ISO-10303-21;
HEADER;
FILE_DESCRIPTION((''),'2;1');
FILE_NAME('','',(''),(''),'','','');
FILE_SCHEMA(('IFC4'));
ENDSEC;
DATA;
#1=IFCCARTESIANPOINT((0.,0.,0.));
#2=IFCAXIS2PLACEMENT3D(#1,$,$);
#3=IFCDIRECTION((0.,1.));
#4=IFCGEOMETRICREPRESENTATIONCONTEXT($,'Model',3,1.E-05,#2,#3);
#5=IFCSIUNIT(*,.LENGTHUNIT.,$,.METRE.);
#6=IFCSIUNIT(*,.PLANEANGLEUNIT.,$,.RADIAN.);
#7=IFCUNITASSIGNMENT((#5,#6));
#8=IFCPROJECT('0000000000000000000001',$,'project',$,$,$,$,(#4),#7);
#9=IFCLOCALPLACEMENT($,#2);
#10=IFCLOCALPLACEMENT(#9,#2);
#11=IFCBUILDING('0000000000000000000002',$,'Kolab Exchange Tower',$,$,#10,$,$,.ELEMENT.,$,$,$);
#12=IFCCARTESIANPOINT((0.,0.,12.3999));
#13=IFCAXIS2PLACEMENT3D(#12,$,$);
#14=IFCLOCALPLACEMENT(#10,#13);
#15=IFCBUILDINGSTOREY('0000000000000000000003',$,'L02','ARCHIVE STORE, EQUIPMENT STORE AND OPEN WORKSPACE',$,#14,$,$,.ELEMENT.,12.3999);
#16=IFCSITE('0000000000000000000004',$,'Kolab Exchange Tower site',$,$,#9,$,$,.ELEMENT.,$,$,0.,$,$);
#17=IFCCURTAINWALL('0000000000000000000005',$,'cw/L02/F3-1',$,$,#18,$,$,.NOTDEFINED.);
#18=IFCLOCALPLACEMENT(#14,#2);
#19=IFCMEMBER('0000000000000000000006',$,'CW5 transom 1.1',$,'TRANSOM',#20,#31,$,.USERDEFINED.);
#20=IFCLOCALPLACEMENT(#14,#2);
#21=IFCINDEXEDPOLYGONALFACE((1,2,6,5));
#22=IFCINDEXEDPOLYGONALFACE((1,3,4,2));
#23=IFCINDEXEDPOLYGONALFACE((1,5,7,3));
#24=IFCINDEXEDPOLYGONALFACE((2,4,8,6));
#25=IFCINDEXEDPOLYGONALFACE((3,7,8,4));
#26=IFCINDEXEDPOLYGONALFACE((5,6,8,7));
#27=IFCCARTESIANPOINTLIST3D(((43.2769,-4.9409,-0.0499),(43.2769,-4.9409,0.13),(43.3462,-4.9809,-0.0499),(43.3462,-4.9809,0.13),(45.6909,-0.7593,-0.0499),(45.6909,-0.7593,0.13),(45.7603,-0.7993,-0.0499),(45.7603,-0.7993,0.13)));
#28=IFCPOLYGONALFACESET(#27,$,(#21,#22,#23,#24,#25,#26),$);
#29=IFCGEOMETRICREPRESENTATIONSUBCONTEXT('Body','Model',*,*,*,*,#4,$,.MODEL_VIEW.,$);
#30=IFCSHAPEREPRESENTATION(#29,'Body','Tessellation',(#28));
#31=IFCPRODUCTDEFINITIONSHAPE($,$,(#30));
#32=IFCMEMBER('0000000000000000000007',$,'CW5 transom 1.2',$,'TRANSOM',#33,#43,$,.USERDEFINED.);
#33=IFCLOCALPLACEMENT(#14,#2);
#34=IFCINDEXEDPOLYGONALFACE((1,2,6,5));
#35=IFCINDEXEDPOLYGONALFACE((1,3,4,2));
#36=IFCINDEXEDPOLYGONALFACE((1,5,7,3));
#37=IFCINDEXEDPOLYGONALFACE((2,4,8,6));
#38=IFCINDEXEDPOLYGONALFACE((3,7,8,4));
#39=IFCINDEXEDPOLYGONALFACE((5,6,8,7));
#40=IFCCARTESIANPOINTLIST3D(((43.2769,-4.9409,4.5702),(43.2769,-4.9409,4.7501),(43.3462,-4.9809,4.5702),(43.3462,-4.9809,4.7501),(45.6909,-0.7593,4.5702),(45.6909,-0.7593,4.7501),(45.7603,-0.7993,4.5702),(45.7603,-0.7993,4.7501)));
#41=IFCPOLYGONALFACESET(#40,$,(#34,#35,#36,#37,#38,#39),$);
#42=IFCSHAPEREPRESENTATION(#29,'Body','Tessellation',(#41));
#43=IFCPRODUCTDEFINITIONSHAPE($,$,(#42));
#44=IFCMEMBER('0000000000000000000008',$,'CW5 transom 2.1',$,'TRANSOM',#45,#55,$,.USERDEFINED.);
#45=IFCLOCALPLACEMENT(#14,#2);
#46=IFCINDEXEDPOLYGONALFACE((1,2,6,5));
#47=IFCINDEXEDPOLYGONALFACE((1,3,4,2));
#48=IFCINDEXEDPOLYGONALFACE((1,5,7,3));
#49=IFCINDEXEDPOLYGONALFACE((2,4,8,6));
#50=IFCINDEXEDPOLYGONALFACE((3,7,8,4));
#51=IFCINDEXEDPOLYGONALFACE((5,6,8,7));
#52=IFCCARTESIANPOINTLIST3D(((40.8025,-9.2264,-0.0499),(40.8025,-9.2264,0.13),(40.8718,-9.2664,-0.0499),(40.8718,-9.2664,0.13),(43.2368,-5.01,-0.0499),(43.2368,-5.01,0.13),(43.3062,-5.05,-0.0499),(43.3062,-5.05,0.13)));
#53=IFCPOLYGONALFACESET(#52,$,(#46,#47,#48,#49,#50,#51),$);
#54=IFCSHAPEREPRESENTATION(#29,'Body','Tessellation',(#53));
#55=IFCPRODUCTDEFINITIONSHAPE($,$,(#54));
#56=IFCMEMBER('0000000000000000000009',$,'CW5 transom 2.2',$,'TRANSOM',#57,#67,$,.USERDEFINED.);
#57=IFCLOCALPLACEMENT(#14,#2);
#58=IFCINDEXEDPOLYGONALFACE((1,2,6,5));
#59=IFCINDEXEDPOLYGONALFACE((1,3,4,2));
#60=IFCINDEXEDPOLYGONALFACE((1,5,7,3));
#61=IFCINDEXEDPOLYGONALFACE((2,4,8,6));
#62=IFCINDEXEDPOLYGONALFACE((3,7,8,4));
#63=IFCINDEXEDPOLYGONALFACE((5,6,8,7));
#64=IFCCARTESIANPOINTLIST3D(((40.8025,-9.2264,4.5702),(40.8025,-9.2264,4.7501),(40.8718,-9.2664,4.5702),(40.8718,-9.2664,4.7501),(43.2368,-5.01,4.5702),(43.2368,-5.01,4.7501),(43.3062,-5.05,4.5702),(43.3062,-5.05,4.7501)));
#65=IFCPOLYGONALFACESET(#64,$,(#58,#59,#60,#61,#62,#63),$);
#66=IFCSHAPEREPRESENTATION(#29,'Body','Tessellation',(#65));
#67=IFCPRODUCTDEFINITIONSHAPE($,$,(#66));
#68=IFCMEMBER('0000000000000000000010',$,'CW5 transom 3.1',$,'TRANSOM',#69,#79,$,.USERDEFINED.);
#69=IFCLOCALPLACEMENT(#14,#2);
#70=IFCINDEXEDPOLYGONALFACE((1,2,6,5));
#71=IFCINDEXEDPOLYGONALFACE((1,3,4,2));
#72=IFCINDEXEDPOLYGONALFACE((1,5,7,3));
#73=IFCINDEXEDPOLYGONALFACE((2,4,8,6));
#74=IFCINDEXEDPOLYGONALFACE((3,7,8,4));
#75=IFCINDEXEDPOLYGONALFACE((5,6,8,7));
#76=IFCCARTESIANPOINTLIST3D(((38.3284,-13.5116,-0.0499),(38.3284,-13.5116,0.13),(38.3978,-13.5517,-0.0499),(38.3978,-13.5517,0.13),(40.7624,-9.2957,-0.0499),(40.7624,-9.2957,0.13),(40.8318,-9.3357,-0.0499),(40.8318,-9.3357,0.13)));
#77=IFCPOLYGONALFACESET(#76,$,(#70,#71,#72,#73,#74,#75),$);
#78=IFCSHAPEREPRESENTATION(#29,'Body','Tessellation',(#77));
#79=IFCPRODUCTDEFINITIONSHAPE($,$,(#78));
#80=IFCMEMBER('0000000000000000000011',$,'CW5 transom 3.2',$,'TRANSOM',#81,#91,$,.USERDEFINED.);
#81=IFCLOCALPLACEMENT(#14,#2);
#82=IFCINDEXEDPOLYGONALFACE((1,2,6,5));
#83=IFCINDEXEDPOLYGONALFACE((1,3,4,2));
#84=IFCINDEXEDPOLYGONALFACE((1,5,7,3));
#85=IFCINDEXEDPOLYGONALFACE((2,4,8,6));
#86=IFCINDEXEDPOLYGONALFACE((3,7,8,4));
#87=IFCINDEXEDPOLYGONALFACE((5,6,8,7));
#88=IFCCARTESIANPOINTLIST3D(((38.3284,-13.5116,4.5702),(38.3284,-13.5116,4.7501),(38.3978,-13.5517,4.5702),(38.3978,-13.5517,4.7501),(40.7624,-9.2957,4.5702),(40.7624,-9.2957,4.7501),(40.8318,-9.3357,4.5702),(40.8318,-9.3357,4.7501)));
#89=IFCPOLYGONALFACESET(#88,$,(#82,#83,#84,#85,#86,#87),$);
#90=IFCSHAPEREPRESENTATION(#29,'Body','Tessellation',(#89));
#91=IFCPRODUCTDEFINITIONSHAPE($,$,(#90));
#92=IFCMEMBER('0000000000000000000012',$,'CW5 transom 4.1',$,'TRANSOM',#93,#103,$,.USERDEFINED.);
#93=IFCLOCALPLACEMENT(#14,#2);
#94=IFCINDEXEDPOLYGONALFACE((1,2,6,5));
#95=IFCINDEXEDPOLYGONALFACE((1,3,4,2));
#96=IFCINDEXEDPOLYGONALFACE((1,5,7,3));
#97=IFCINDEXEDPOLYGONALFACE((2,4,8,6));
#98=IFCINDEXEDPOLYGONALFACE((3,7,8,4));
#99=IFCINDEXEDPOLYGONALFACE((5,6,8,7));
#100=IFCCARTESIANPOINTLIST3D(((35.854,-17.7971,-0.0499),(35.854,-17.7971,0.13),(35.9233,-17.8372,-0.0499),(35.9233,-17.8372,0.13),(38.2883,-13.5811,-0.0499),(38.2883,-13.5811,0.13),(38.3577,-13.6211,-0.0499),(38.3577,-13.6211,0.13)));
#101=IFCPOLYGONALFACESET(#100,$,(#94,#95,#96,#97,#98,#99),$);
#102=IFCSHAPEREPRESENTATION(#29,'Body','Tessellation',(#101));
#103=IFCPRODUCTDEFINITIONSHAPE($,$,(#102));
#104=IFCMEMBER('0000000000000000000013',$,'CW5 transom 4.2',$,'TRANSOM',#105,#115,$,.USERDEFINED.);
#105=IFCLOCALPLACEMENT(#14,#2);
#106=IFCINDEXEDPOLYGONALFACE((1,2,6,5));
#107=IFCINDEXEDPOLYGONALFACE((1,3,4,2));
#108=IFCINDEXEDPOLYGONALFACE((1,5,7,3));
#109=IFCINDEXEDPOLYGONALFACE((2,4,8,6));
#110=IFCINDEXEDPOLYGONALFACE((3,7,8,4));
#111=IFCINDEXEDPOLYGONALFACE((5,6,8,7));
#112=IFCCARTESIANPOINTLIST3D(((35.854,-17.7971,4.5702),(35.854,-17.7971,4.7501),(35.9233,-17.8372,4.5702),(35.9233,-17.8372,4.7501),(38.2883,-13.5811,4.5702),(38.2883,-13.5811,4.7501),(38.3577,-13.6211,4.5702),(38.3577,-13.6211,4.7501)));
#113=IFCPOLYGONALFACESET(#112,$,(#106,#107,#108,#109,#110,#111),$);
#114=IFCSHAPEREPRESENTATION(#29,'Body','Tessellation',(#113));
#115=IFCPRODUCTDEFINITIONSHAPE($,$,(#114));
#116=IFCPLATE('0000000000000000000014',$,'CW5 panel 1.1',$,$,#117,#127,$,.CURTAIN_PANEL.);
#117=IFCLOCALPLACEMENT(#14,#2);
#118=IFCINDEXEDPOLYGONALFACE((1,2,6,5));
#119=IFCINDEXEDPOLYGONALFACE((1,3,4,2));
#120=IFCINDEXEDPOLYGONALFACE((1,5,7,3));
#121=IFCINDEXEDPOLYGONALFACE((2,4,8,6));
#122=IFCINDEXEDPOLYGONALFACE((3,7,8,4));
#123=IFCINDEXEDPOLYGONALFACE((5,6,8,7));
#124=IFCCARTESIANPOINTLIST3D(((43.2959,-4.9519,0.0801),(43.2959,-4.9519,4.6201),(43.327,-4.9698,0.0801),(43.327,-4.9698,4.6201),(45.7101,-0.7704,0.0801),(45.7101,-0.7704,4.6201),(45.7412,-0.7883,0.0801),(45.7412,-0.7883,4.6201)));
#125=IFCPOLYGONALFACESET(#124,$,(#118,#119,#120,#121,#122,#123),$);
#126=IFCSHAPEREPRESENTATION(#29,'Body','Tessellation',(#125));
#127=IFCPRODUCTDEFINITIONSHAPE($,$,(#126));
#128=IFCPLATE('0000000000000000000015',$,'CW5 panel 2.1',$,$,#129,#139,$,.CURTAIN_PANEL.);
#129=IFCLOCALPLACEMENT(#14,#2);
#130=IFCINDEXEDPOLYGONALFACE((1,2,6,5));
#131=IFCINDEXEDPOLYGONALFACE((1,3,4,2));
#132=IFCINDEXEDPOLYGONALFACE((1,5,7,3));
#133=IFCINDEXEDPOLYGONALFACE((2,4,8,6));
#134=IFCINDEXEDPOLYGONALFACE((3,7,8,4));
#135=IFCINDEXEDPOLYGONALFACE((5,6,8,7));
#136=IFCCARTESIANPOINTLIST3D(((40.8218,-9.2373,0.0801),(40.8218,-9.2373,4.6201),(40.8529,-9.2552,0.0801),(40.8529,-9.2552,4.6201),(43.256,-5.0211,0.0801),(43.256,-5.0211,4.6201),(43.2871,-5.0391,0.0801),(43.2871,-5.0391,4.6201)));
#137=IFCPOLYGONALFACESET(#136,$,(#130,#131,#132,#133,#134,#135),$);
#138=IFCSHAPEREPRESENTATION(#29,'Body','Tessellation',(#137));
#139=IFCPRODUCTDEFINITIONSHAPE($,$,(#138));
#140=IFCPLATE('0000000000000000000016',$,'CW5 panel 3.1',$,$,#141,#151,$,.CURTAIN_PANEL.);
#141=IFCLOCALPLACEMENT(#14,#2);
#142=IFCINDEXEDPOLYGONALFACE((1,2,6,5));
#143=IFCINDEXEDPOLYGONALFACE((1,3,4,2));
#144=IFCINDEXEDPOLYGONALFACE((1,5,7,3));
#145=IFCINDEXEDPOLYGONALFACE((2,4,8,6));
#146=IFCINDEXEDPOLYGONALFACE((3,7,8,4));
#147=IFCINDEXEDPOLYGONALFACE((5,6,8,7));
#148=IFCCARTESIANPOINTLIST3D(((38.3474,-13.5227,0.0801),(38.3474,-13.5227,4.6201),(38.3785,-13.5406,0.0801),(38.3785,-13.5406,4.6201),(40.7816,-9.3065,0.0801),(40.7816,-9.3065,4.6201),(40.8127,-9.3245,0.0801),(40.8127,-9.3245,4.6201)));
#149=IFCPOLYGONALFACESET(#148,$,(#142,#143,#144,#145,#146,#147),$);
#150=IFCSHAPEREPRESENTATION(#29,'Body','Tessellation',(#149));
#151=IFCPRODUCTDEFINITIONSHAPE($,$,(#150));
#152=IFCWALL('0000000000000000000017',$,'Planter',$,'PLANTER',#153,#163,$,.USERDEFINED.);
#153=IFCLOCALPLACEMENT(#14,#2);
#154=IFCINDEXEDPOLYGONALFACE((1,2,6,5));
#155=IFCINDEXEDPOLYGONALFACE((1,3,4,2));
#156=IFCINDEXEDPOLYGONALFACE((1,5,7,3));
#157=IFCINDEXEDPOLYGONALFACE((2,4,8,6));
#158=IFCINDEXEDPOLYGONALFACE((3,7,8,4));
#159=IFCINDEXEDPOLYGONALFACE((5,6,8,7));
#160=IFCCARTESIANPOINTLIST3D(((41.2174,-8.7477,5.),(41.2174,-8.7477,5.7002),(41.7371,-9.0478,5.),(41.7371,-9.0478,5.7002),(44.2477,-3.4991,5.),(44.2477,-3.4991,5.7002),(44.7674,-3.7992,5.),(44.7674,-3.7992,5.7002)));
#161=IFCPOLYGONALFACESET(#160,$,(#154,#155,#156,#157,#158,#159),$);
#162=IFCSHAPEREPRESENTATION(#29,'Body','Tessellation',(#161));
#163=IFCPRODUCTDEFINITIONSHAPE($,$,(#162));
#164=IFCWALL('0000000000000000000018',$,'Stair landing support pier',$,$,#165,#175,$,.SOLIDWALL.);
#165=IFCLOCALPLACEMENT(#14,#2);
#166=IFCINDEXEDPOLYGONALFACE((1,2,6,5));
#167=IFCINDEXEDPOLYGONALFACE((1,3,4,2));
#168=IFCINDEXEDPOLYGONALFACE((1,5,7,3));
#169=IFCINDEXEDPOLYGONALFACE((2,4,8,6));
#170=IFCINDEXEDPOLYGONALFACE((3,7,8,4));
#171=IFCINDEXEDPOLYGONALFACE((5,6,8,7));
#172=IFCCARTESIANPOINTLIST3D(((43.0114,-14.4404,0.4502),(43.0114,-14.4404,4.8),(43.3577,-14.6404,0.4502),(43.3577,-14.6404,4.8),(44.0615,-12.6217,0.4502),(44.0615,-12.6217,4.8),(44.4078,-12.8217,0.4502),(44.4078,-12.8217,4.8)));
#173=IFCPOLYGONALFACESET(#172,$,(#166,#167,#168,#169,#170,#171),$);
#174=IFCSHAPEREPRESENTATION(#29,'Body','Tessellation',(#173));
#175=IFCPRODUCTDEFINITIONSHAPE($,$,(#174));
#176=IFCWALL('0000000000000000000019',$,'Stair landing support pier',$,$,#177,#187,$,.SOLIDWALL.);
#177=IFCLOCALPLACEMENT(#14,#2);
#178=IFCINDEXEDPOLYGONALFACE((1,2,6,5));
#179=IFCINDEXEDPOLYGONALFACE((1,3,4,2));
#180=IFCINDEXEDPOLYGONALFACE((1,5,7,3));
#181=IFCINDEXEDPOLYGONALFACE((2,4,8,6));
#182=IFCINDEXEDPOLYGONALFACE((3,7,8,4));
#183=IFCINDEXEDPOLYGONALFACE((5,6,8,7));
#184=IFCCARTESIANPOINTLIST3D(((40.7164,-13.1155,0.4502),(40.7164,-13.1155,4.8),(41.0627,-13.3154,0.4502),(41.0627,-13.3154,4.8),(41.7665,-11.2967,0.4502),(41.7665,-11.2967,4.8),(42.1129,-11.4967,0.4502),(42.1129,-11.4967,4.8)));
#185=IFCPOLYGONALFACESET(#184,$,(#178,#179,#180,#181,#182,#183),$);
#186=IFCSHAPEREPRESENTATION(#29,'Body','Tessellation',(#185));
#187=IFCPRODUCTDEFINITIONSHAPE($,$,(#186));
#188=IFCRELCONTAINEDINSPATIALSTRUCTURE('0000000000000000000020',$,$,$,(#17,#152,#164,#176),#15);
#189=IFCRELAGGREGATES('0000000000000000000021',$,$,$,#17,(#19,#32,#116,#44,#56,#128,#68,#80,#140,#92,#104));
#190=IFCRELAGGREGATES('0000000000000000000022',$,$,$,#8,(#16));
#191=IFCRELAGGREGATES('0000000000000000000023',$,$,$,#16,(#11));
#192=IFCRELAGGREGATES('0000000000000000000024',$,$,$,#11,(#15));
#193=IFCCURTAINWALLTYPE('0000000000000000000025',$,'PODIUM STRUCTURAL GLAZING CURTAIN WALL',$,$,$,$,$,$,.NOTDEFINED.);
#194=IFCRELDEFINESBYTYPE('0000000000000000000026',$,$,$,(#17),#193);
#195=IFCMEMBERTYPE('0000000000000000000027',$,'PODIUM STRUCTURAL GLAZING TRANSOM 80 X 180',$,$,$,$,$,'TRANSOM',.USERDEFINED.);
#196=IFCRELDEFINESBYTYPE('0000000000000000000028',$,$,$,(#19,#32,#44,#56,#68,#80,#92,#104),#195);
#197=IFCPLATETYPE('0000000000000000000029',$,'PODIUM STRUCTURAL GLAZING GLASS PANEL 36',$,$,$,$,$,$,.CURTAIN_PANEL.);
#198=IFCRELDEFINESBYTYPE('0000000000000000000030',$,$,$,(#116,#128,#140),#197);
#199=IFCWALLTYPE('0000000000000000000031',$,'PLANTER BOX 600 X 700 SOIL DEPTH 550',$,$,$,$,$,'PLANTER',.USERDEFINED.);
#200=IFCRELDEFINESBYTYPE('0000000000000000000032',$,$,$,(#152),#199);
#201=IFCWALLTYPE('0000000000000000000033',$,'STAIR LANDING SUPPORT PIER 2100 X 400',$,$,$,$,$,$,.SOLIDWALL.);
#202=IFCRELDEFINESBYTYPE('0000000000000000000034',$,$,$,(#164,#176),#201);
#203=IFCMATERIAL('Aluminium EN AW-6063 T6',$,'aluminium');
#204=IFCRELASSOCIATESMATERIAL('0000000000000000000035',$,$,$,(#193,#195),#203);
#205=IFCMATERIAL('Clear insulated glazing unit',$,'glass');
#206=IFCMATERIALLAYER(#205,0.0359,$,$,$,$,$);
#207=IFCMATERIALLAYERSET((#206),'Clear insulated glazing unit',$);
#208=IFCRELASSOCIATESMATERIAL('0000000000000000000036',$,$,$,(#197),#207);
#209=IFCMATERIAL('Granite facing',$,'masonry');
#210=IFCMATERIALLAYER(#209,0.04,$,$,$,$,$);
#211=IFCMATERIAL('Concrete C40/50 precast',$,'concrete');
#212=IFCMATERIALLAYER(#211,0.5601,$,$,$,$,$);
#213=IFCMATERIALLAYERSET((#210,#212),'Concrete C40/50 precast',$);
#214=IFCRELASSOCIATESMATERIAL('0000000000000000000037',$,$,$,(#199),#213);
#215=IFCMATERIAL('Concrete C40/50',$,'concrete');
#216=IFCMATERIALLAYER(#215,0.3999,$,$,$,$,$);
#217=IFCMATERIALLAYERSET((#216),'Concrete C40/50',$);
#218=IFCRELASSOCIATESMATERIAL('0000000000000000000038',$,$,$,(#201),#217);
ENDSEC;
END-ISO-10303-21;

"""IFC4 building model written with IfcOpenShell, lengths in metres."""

from ifc_helpers import new_model, si_unit, direction, frame, frame_2d, origin, origin_2d, place, context, subcontext, project, spatial, rectangle, extrude, material, layer, layer_set, material_profile, profile_set, type_object, element, aggregate, save


model = new_model("IFC4")

# Units and contexts
model_context = context("Model", 3, precision=1e-05, world=origin(), true_north=direction((0.0, 1.0)))
body_context = subcontext(model_context, "Body", "Model", "MODEL_VIEW")
ifc_project = project(units=[si_unit("LENGTHUNIT", "METRE"), si_unit("PLANEANGLEUNIT", "RADIAN")], contexts=[model_context])

# Site, building, storey
site_placement = place(None, origin())
site = spatial("IfcSite", under=ifc_project, at=site_placement, Name="Kolab Exchange Tower site", CompositionType="ELEMENT", RefElevation=0.0)
building_placement = place(site_placement, origin())
building = spatial("IfcBuilding", under=site, at=building_placement, Name="Kolab Exchange Tower", CompositionType="ELEMENT")
storey_placement = place(building_placement, frame((0.0, 0.0, 12.3999)))
storey = spatial("IfcBuildingStorey", under=building, at=storey_placement, Name="L02", Description="ARCHIVE STORE, EQUIPMENT STORE AND OPEN WORKSPACE", CompositionType="ELEMENT", Elevation=12.3999)

# Curtain wall
ifc_material_1 = material(Name="Aluminium EN AW-6063 T6", Category="aluminium")
curtain_wall_type = type_object("IfcCurtainWallType", Name="PODIUM STRUCTURAL GLAZING CURTAIN WALL", PredefinedType="NOTDEFINED", material=ifc_material_1)
curtain_wall_1_placement = place(storey_placement, origin())
curtain_wall_1 = element("IfcCurtainWall", 1, at=curtain_wall_1_placement, inside=storey, type_object=curtain_wall_type, Name="cw/L02/F3-1", PredefinedType="NOTDEFINED")

# Members
ifc_material_profile_1 = material_profile(ifc_material_1, rectangle(XDim=0.0801, YDim=0.1799, at=origin_2d()), Name="RECT 80X180")
ifc_profile_set_1 = profile_set([ifc_material_profile_1], Name="Aluminium EN AW-6063 T6")
member_type_1 = type_object("IfcMemberType", Name="PODIUM STRUCTURAL GLAZING TRANSOM 80 X 180", ElementType="TRANSOM", PredefinedType="USERDEFINED", material=ifc_profile_set_1)
member_1_placement = place(storey_placement, frame((45.7256, -0.7793, 0.04), z_axis=(-0.499968, -0.866044, 0.0), x_axis=(0.866044, -0.499968, 0.0)))
member_1 = element("IfcMember", 2, at=member_1_placement, type_object=member_type_1, Name="CW5 transom 1.1", ObjectType="TRANSOM", PredefinedType="USERDEFINED", context=body_context, shape_type="SweptSolid", body=[
    extrude(rectangle(XDim=0.0801, YDim=0.1799, at=origin_2d()), origin(), (0.0, 0.0, 1.0), 4.8284),
])
member_2_placement = place(storey_placement, frame((45.7256, -0.7793, 4.6602), z_axis=(-0.499968, -0.866044, 0.0), x_axis=(0.866044, -0.499968, 0.0)))
member_2 = element("IfcMember", 3, at=member_2_placement, type_object=member_type_1, Name="CW5 transom 1.2", ObjectType="TRANSOM", PredefinedType="USERDEFINED", context=body_context, shape_type="SweptSolid", body=[
    extrude(rectangle(XDim=0.0801, YDim=0.1799, at=origin_2d()), origin(), (0.0, 0.0, 1.0), 4.8284),
])
member_3_placement = place(storey_placement, frame((43.2715, -5.03, 0.04), z_axis=(-0.500006, -0.866022, 0.0), x_axis=(0.866022, -0.500006, 0.0)))
member_3 = element("IfcMember", 4, at=member_3_placement, type_object=member_type_1, Name="CW5 transom 2.1", ObjectType="TRANSOM", PredefinedType="USERDEFINED", context=body_context, shape_type="SweptSolid", body=[
    extrude(rectangle(XDim=0.0801, YDim=0.1799, at=origin_2d()), origin(), (0.0, 0.0, 1.0), 4.8687),
])
member_4_placement = place(storey_placement, frame((43.2715, -5.03, 4.6602), z_axis=(-0.500006, -0.866022, 0.0), x_axis=(0.866022, -0.500006, 0.0)))
member_4 = element("IfcMember", 5, at=member_4_placement, type_object=member_type_1, Name="CW5 transom 2.2", ObjectType="TRANSOM", PredefinedType="USERDEFINED", context=body_context, shape_type="SweptSolid", body=[
    extrude(rectangle(XDim=0.0801, YDim=0.1799, at=origin_2d()), origin(), (0.0, 0.0, 1.0), 4.8687),
])
member_5_placement = place(storey_placement, frame((40.7971, -9.3157, 0.04), z_axis=(-0.49999, -0.866031, 0.0), x_axis=(0.866031, -0.49999, 0.0)))
member_5 = element("IfcMember", 6, at=member_5_placement, type_object=member_type_1, Name="CW5 transom 3.1", ObjectType="TRANSOM", PredefinedType="USERDEFINED", context=body_context, shape_type="SweptSolid", body=[
    extrude(rectangle(XDim=0.0801, YDim=0.1799, at=origin_2d()), origin(), (0.0, 0.0, 1.0), 4.8682),
])
member_6_placement = place(storey_placement, frame((40.7971, -9.3157, 4.6602), z_axis=(-0.49999, -0.866031, 0.0), x_axis=(0.866031, -0.49999, 0.0)))
member_6 = element("IfcMember", 7, at=member_6_placement, type_object=member_type_1, Name="CW5 transom 3.2", ObjectType="TRANSOM", PredefinedType="USERDEFINED", context=body_context, shape_type="SweptSolid", body=[
    extrude(rectangle(XDim=0.0801, YDim=0.1799, at=origin_2d()), origin(), (0.0, 0.0, 1.0), 4.8682),
])
member_7_placement = place(storey_placement, frame((38.323, -13.6011, 0.04), z_axis=(-0.500028, -0.866009, 0.0), x_axis=(0.866009, -0.500028, 0.0)))
member_7 = element("IfcMember", 8, at=member_7_placement, type_object=member_type_1, Name="CW5 transom 4.1", ObjectType="TRANSOM", PredefinedType="USERDEFINED", context=body_context, shape_type="SweptSolid", body=[
    extrude(rectangle(XDim=0.0801, YDim=0.1799, at=origin_2d()), origin(), (0.0, 0.0, 1.0), 4.8684),
])
member_8_placement = place(storey_placement, frame((38.323, -13.6011, 4.6602), z_axis=(-0.500028, -0.866009, 0.0), x_axis=(0.866009, -0.500028, 0.0)))
member_8 = element("IfcMember", 9, at=member_8_placement, type_object=member_type_1, Name="CW5 transom 4.2", ObjectType="TRANSOM", PredefinedType="USERDEFINED", context=body_context, shape_type="SweptSolid", body=[
    extrude(rectangle(XDim=0.0801, YDim=0.1799, at=origin_2d()), origin(), (0.0, 0.0, 1.0), 4.8684),
])

# Plates
ifc_material_2 = material(Name="Clear insulated glazing unit", Category="glass")
ifc_layer_1 = layer(ifc_material_2, 0.0359)
ifc_layer_set_1 = layer_set([ifc_layer_1], Name="Clear insulated glazing unit")
plate_type = type_object("IfcPlateType", Name="PODIUM STRUCTURAL GLAZING GLASS PANEL 36", PredefinedType="CURTAIN_PANEL", material=ifc_layer_set_1)
plate_1_placement = place(storey_placement, frame((44.5186, -2.8701, 0.0801), z_axis=(0.0, 0.0, 1.0), x_axis=(-0.5, -0.866025, 0.0)))
plate_1 = element("IfcPlate", 10, at=plate_1_placement, type_object=plate_type, Name="CW5 panel 1.1", PredefinedType="CURTAIN_PANEL", context=body_context, shape_type="SweptSolid", body=[
    extrude(rectangle(XDim=4.8284, YDim=0.0359, at=origin_2d()), origin(), (0.0, 0.0, 1.0), 4.54),
])
plate_2_placement = place(storey_placement, frame((42.0544, -7.1382, 0.0801), z_axis=(0.0, 0.0, 1.0), x_axis=(-0.5, -0.866025, 0.0)))
plate_2 = element("IfcPlate", 11, at=plate_2_placement, type_object=plate_type, Name="CW5 panel 2.1", PredefinedType="CURTAIN_PANEL", context=body_context, shape_type="SweptSolid", body=[
    extrude(rectangle(XDim=4.8684, YDim=0.0359, at=origin_2d()), origin(), (0.0, 0.0, 1.0), 4.54),
])
plate_3_placement = place(storey_placement, frame((39.5801, -11.4236, 0.0801), z_axis=(0.0, 0.0, 1.0), x_axis=(-0.5, -0.866025, 0.0)))
plate_3 = element("IfcPlate", 12, at=plate_3_placement, type_object=plate_type, Name="CW5 panel 3.1", PredefinedType="CURTAIN_PANEL", context=body_context, shape_type="SweptSolid", body=[
    extrude(rectangle(XDim=4.8684, YDim=0.0359, at=origin_2d()), origin(), (0.0, 0.0, 1.0), 4.54),
])
aggregate(curtain_wall_1, [member_1, member_2, plate_1, member_3, member_4, plate_2, member_5, member_6, plate_3, member_7, member_8])

# Walls
ifc_material_3 = material(Name="Granite facing", Category="masonry")
ifc_layer_2 = layer(ifc_material_3, 0.04)
ifc_material_4 = material(Name="Concrete C40/50 precast", Category="concrete")
ifc_layer_3 = layer(ifc_material_4, 0.5601)
ifc_layer_set_2 = layer_set([ifc_layer_2, ifc_layer_3], Name="Concrete C40/50 precast")
wall_type_1 = type_object("IfcWallType", Name="PLANTER BOX 600 X 700 SOIL DEPTH 550", ElementType="PLANTER", PredefinedType="USERDEFINED", material=ifc_layer_set_2)
wall_1_placement = place(storey_placement, frame((44.5076, -3.6492, 5.0), z_axis=(0.0, 0.0, 1.0), x_axis=(-0.500004, -0.866023, 0.0)))
element("IfcWall", 13, at=wall_1_placement, inside=storey, type_object=wall_type_1, Name="Planter", ObjectType="PLANTER", PredefinedType="USERDEFINED", context=body_context, shape_type="SweptSolid", body=[
    extrude(rectangle(XDim=6.0605, YDim=0.6001, at=frame_2d((3.0303, 0.0))), origin(), (0.0, 0.0, 1.0), 0.7002),
])
ifc_material_5 = material(Name="Concrete C40/50", Category="concrete")
ifc_layer_4 = layer(ifc_material_5, 0.3999)
ifc_layer_set_3 = layer_set([ifc_layer_4], Name="Concrete C40/50")
wall_type_2 = type_object("IfcWallType", Name="STAIR LANDING SUPPORT PIER 2100 X 400", PredefinedType="SOLIDWALL", material=ifc_layer_set_3)
for number, where, z_axis, x_axis, name in (
    (14, (44.2346, -12.7217, 0.4502), (0.0, 0.0, 1.0), (-0.500028, -0.866009, 0.0), "Stair landing support pier"),
    (15, (41.9397, -11.3967, 0.4502), (0.0, 0.0, 1.0), (-0.500028, -0.866009, 0.0), "Stair landing support pier"),
):
    element("IfcWall", number, at=place(storey_placement, frame(where, z_axis=z_axis, x_axis=x_axis)), inside=storey, type_object=wall_type_2, Name=name, PredefinedType="SOLIDWALL", context=body_context, shape_type="SweptSolid", body=[
        extrude(rectangle(XDim=2.1001, YDim=0.3999, at=frame_2d((1.05, 0.0))), origin(), (0.0, 0.0, 1.0), 4.3499),
    ])

save(model, "model.ifc")
